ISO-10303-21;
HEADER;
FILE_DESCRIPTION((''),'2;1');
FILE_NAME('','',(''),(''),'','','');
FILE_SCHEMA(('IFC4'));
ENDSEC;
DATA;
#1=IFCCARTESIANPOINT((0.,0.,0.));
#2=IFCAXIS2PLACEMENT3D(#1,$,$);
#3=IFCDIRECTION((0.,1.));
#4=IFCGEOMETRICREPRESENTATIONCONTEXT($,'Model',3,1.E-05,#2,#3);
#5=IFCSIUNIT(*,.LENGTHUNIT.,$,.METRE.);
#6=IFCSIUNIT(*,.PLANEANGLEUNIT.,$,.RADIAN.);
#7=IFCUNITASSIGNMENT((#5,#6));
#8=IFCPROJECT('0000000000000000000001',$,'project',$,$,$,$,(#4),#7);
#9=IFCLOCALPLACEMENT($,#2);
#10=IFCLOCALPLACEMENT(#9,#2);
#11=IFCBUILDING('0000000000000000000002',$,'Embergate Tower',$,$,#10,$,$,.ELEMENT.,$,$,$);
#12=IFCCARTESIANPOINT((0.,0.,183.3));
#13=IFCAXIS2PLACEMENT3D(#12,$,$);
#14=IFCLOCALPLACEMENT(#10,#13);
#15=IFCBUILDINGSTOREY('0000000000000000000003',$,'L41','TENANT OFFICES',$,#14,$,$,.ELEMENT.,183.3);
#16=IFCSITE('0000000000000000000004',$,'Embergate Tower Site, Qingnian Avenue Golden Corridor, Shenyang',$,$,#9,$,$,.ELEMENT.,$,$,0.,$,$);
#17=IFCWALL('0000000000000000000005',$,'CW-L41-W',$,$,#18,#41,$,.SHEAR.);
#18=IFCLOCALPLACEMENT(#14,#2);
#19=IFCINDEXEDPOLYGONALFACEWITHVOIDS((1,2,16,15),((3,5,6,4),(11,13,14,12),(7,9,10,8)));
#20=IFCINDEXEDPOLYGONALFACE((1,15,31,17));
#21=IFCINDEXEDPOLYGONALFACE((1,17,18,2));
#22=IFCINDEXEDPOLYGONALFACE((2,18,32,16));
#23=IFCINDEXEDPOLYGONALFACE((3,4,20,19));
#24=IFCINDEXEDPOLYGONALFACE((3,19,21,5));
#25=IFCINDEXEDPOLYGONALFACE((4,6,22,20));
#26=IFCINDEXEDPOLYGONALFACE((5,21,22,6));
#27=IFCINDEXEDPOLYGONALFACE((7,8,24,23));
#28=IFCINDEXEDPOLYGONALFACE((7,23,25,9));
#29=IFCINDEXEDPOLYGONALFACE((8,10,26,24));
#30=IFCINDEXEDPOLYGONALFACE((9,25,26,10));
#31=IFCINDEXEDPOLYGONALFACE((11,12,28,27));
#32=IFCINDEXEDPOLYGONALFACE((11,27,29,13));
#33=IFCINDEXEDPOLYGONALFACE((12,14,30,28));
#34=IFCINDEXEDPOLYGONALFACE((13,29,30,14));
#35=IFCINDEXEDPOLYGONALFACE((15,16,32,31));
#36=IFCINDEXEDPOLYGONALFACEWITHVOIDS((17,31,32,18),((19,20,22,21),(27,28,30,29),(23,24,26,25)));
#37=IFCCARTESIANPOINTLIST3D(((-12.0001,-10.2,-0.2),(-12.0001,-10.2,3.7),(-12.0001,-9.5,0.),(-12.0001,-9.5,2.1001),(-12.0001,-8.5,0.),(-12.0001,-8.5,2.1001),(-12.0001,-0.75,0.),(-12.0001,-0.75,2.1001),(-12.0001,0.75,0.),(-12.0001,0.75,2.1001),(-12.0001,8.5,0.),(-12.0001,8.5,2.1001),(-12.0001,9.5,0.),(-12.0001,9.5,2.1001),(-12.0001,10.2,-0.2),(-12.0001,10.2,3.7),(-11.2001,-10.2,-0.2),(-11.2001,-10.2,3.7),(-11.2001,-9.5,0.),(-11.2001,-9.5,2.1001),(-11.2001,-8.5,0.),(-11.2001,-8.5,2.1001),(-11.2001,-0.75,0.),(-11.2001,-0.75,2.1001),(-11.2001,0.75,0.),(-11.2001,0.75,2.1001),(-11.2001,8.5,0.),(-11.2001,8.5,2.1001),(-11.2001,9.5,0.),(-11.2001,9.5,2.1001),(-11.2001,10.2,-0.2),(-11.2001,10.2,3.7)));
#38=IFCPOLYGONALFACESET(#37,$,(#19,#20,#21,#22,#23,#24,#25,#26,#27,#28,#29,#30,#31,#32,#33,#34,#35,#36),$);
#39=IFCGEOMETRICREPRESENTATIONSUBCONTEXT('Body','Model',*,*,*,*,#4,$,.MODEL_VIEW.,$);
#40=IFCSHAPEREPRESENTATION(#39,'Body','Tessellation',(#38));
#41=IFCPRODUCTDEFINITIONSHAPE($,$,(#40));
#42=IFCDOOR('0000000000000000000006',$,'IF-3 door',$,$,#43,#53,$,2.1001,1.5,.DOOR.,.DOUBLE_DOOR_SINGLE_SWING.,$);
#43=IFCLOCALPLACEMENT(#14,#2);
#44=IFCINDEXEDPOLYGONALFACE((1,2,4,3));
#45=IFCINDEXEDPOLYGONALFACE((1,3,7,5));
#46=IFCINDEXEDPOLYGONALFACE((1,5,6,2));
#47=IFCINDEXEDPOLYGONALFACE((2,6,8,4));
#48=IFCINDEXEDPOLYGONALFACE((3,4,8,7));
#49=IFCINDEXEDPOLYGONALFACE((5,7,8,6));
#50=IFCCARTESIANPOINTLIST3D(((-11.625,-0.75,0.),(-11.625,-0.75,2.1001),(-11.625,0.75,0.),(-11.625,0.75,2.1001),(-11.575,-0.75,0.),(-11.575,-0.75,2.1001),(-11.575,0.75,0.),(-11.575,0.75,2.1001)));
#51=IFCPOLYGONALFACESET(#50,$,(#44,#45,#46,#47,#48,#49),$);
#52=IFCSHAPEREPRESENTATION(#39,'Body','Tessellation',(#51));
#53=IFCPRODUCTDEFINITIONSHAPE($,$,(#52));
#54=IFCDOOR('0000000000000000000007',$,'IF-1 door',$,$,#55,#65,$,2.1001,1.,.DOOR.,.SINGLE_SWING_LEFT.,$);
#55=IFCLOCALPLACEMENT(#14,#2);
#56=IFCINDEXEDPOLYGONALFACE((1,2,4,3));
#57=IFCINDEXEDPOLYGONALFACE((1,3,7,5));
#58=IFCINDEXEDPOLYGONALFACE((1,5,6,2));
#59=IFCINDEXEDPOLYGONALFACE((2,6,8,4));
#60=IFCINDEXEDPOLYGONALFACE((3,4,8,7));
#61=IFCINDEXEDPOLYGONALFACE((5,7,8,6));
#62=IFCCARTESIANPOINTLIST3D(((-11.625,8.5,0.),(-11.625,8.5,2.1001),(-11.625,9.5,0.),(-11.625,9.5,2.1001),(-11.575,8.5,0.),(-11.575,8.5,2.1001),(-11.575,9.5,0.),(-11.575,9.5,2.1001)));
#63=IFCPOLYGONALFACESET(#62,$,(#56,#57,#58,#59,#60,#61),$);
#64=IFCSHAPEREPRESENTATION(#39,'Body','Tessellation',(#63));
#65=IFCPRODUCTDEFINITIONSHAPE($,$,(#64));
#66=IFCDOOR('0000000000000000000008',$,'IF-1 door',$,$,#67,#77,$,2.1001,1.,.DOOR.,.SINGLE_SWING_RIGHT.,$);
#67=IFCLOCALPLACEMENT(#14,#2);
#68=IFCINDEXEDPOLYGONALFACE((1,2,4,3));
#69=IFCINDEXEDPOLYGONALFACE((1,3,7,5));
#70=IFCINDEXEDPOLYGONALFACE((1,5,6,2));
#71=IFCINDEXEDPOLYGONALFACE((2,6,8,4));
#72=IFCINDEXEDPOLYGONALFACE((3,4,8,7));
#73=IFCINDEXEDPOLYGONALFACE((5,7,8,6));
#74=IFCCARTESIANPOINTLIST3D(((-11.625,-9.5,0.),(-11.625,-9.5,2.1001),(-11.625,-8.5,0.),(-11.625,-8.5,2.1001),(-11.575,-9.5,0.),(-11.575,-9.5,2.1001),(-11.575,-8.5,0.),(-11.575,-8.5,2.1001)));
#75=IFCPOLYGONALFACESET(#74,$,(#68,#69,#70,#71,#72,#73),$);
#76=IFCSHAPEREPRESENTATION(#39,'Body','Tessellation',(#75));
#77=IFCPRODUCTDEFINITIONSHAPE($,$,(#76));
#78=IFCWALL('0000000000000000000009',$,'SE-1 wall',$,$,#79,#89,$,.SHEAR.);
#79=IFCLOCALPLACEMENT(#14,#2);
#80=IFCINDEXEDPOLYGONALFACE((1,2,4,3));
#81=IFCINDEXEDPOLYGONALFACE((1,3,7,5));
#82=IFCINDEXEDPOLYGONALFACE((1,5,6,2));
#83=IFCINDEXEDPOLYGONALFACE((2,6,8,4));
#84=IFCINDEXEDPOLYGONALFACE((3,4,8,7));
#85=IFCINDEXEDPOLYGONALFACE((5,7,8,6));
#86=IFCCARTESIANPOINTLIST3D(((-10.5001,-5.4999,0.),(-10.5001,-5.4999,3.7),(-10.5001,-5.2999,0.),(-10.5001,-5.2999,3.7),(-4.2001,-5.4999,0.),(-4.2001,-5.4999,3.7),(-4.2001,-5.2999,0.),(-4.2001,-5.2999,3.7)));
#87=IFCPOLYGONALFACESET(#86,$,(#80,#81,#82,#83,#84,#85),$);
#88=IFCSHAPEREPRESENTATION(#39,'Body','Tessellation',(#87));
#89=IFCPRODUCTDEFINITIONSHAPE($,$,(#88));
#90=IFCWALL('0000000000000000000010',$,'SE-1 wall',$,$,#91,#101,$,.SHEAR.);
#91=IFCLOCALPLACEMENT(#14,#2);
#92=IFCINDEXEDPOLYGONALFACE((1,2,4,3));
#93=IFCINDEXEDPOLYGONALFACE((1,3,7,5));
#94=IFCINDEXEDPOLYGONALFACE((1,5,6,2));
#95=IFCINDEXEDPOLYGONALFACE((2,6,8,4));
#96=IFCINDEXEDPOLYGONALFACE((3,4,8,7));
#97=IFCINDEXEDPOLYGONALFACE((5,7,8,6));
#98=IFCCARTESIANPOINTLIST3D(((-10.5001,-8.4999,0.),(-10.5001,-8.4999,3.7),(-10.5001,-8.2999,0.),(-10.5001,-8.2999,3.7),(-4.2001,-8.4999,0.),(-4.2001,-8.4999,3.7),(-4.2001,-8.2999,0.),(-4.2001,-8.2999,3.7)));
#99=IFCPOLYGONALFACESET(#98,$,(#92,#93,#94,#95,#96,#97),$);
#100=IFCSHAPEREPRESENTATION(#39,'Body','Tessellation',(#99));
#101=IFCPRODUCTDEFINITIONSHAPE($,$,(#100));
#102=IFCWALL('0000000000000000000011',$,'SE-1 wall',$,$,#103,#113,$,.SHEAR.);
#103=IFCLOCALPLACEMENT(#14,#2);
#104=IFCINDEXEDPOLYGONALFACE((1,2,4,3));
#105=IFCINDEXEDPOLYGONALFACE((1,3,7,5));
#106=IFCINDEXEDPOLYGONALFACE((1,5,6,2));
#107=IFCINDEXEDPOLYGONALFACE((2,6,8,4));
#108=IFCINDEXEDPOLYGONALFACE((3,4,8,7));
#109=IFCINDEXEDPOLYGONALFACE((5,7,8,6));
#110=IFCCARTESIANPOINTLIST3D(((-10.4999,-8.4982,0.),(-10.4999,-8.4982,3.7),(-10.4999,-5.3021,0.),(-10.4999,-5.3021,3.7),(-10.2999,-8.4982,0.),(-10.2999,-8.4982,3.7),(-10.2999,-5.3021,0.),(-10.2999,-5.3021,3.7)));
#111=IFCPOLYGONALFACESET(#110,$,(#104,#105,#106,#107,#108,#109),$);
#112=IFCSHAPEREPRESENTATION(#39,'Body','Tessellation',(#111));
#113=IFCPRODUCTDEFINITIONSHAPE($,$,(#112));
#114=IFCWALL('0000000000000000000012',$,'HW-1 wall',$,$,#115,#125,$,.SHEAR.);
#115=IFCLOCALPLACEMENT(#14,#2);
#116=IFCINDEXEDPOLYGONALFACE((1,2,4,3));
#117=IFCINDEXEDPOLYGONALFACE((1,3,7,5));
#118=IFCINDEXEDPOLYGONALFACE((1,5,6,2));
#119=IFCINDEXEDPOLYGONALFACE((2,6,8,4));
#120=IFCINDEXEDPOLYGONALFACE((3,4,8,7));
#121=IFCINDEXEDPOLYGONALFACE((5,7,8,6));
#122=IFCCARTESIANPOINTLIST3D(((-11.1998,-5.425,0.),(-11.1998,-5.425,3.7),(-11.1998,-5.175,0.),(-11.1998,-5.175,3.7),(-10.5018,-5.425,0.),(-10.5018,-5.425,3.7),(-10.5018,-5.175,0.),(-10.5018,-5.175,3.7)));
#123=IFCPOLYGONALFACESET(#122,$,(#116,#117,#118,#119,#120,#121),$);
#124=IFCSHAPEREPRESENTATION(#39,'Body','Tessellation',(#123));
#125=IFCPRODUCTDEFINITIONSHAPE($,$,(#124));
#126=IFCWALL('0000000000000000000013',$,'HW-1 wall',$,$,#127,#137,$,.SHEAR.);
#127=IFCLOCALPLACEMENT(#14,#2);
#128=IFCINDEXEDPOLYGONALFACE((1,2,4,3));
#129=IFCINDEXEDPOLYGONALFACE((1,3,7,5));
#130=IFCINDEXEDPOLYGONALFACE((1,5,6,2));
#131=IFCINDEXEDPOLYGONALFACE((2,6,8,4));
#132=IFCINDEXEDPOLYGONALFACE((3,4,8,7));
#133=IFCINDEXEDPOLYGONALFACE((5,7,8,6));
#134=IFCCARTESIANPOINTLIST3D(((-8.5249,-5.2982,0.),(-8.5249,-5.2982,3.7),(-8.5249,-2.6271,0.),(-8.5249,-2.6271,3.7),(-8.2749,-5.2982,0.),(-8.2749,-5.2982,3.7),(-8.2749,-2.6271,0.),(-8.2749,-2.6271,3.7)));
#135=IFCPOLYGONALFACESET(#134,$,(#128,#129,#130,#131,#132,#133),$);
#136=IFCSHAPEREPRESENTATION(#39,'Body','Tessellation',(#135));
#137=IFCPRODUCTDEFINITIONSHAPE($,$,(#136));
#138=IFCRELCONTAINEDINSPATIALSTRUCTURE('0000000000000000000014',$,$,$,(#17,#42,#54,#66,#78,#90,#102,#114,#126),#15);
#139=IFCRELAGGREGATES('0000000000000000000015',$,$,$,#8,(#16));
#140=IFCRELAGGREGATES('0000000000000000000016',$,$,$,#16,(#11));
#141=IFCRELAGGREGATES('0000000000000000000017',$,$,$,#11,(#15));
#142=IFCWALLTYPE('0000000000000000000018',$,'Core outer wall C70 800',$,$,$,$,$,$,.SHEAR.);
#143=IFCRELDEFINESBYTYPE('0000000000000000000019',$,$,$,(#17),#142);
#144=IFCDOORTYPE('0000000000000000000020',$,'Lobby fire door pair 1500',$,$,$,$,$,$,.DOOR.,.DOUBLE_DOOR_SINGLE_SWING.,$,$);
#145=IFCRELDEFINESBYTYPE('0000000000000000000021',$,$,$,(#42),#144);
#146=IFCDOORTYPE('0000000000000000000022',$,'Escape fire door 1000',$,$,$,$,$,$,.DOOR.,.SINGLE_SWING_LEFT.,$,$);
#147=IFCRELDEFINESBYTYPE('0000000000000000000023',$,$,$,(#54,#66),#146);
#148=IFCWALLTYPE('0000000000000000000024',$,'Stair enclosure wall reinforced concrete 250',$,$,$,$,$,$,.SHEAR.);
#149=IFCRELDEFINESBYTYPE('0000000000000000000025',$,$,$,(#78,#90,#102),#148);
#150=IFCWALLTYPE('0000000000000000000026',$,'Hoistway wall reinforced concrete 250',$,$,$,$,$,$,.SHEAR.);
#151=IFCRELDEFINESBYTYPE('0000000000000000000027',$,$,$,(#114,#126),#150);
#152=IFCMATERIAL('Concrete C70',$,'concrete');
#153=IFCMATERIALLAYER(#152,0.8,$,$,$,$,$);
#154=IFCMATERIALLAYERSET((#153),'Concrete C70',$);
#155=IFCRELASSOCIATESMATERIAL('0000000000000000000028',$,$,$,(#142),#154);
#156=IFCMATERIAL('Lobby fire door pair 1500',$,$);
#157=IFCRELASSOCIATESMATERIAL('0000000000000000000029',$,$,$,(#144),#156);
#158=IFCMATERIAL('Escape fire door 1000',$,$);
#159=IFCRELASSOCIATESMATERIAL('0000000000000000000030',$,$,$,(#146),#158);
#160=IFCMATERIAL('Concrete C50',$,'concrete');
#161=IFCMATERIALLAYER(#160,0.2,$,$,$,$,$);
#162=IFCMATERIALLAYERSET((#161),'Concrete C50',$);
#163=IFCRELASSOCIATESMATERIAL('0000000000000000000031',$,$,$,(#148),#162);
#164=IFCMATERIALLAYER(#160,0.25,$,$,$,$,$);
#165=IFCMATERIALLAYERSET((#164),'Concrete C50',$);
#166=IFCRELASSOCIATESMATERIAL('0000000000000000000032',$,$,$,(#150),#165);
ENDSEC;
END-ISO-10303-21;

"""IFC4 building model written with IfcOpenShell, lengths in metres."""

from ifc_helpers import new_model, si_unit, direction, frame, frame_2d, origin, place, context, subcontext, project, spatial, rectangle, extrude, source, transform, mapped, material, layer, layer_set, type_object, element, fill, save


model = new_model("IFC4")

# Units and contexts
model_context = context("Model", 3, precision=1e-05, world=origin(), true_north=direction((0.0, 1.0)))
body_context = subcontext(model_context, "Body", "Model", "MODEL_VIEW")
ifc_project = project(units=[si_unit("LENGTHUNIT", "METRE"), si_unit("PLANEANGLEUNIT", "RADIAN")], contexts=[model_context])

# Site, building, storey
site_placement = place(None, origin())
site = spatial("IfcSite", under=ifc_project, at=site_placement, Name="Embergate Tower Site, Qingnian Avenue Golden Corridor, Shenyang", CompositionType="ELEMENT", RefElevation=0.0)
building_placement = place(site_placement, origin())
building = spatial("IfcBuilding", under=site, at=building_placement, Name="Embergate Tower", CompositionType="ELEMENT")
storey_placement = place(building_placement, frame((0.0, 0.0, 183.3)))
storey = spatial("IfcBuildingStorey", under=building, at=storey_placement, Name="L41", Description="TENANT OFFICES", CompositionType="ELEMENT", Elevation=183.3)

# Wall, openings, doors
ifc_material_1 = material(Name="Concrete C70", Category="concrete")
ifc_layer_1 = layer(ifc_material_1, 0.8)
ifc_layer_set_1 = layer_set([ifc_layer_1], Name="Concrete C70")
wall_type_1 = type_object("IfcWallType", Name="Core outer wall C70 800", PredefinedType="SHEAR", material=ifc_layer_set_1)
shared_shape_1 = source(origin(), body_context, "Body", "SweptSolid", [
    extrude(rectangle(XDim=20.3999, YDim=0.8, at=frame_2d((10.2, 0.0))), origin(), (0.0, 0.0, 1.0), 3.8999),
])
wall_1_placement = place(storey_placement, frame((-11.6001, -10.2, -0.2), z_axis=(0.0, 0.0, 1.0), x_axis=(0.0, 1.0, 0.0)))
wall_1 = element("IfcWall", 1, at=wall_1_placement, inside=storey, type_object=wall_type_1, Name="CW-L41-W", PredefinedType="SHEAR", context=body_context, shape_type="MappedRepresentation", body=[
    mapped(shared_shape_1, transform((0.0, 0.0, 0.0))),
])
shared_shape_2 = source(origin(), body_context, "Body", "SweptSolid", [
    extrude(rectangle(XDim=1.0, YDim=2.1001, at=frame_2d((0.5, 1.05))), frame((0.0, 0.4099, 0.0), z_axis=(0.0, -1.0, 0.0), x_axis=(1.0, 0.0, 0.0)), (0.0, 0.0, 1.0), 0.8201),
])
opening_1_placement = place(wall_1_placement, frame((18.7, 0.0, 0.2)))
opening_1 = element("IfcOpeningElement", 2, at=opening_1_placement, cuts=wall_1, PredefinedType="OPENING", context=body_context, shape_type="MappedRepresentation", body=[
    mapped(shared_shape_2, transform((0.0, 0.0, 0.0))),
])
opening_2_placement = place(wall_1_placement, frame((0.7, 0.0, 0.2)))
opening_2 = element("IfcOpeningElement", 3, at=opening_2_placement, cuts=wall_1, PredefinedType="OPENING", context=body_context, shape_type="MappedRepresentation", body=[
    mapped(shared_shape_2, transform((0.0, 0.0, 0.0))),
])
shared_shape_3 = source(origin(), body_context, "Body", "SweptSolid", [
    extrude(rectangle(XDim=1.5, YDim=2.1001, at=frame_2d((0.75, 1.05))), frame((0.0, 0.4099, 0.0), z_axis=(0.0, -1.0, 0.0), x_axis=(1.0, 0.0, 0.0)), (0.0, 0.0, 1.0), 0.8201),
])
opening_3_placement = place(wall_1_placement, frame((9.45, 0.0, 0.2)))
opening_3 = element("IfcOpeningElement", 4, at=opening_3_placement, cuts=wall_1, PredefinedType="OPENING", context=body_context, shape_type="MappedRepresentation", body=[
    mapped(shared_shape_3, transform((0.0, 0.0, 0.0))),
])
ifc_material_2 = material(Name="Lobby fire door pair 1500")
door_type_1 = type_object("IfcDoorType", Name="Lobby fire door pair 1500", OperationType="DOUBLE_DOOR_SINGLE_SWING", PredefinedType="DOOR", material=ifc_material_2)
shared_shape_4 = source(origin(), body_context, "Body", "SweptSolid", [
    extrude(rectangle(XDim=1.5, YDim=2.1001, at=frame_2d((0.75, 1.05))), frame((0.0, 0.0249, 0.0), z_axis=(0.0, -1.0, 0.0), x_axis=(1.0, 0.0, 0.0)), (0.0, 0.0, 1.0), 0.05),
])
door_1_placement = place(opening_3_placement, origin())
door_1 = element("IfcDoor", 5, at=door_1_placement, inside=storey, type_object=door_type_1, Name="IF-3 door", OperationType="DOUBLE_DOOR_SINGLE_SWING", OverallHeight=2.1001, OverallWidth=1.5, PredefinedType="DOOR", context=body_context, shape_type="MappedRepresentation", body=[
    mapped(shared_shape_4, transform((0.0, 0.0, 0.0))),
])
fill(opening_3, door_1)
ifc_material_3 = material(Name="Escape fire door 1000")
door_type_2 = type_object("IfcDoorType", Name="Escape fire door 1000", OperationType="SINGLE_SWING_LEFT", PredefinedType="DOOR", material=ifc_material_3)
shared_shape_5 = source(origin(), body_context, "Body", "SweptSolid", [
    extrude(rectangle(XDim=1.0, YDim=2.1001, at=frame_2d((0.5, 1.05))), frame((0.0, 0.0249, 0.0), z_axis=(0.0, -1.0, 0.0), x_axis=(1.0, 0.0, 0.0)), (0.0, 0.0, 1.0), 0.05),
])
door_2_placement = place(opening_1_placement, origin())
door_2 = element("IfcDoor", 6, at=door_2_placement, inside=storey, type_object=door_type_2, Name="IF-1 door", OperationType="SINGLE_SWING_LEFT", OverallHeight=2.1001, OverallWidth=1.0, PredefinedType="DOOR", context=body_context, shape_type="MappedRepresentation", body=[
    mapped(shared_shape_5, transform((0.0, 0.0, 0.0))),
])
fill(opening_1, door_2)
door_3_placement = place(opening_2_placement, origin())
door_3 = element("IfcDoor", 7, at=door_3_placement, inside=storey, type_object=door_type_2, Name="IF-1 door", OperationType="SINGLE_SWING_RIGHT", OverallHeight=2.1001, OverallWidth=1.0, PredefinedType="DOOR", context=body_context, shape_type="MappedRepresentation", body=[
    mapped(shared_shape_5, transform((0.0, 0.0, 0.0))),
])
fill(opening_2, door_3)

# Walls
ifc_material_4 = material(Name="Concrete C50", Category="concrete")
ifc_layer_2 = layer(ifc_material_4, 0.2)
ifc_layer_set_2 = layer_set([ifc_layer_2], Name="Concrete C50")
wall_type_2 = type_object("IfcWallType", Name="Stair enclosure wall reinforced concrete 250", PredefinedType="SHEAR", material=ifc_layer_set_2)
shared_shape_6 = source(origin(), body_context, "Body", "SweptSolid", [
    extrude(rectangle(XDim=6.3, YDim=0.2, at=frame_2d((3.1499, 0.0))), origin(), (0.0, 0.0, 1.0), 3.7),
])
for number, where, z_axis, x_axis, name in (
    (8, (-10.5, -5.3999, 0.0), (0.0, 0.0, 1.0), (1.0, 0.0, 0.0), "SE-1 wall"),
    (9, (-10.5, -8.3999, 0.0), (0.0, 0.0, 1.0), (1.0, 0.0, 0.0), "SE-1 wall"),
):
    element("IfcWall", number, at=place(storey_placement, frame(where, z_axis=z_axis, x_axis=x_axis)), inside=storey, type_object=wall_type_2, Name=name, PredefinedType="SHEAR", context=body_context, shape_type="MappedRepresentation", body=[
        mapped(shared_shape_6, transform((0.0, 0.0, 0.0))),
    ])
shared_shape_7 = source(origin(), body_context, "Body", "SweptSolid", [
    extrude(rectangle(XDim=3.196, YDim=0.2, at=frame_2d((1.5981, 0.0))), origin(), (0.0, 0.0, 1.0), 3.7),
])
wall_2_placement = place(storey_placement, frame((-10.3999, -5.302, 0.0), z_axis=(0.0, 0.0, 1.0), x_axis=(0.0, -1.0, 0.0)))
element("IfcWall", 10, at=wall_2_placement, inside=storey, type_object=wall_type_2, Name="SE-1 wall", PredefinedType="SHEAR", context=body_context, shape_type="MappedRepresentation", body=[
    mapped(shared_shape_7, transform((0.0, 0.0, 0.0))),
])
ifc_layer_3 = layer(ifc_material_4, 0.25)
ifc_layer_set_3 = layer_set([ifc_layer_3], Name="Concrete C50")
wall_type_3 = type_object("IfcWallType", Name="Hoistway wall reinforced concrete 250", PredefinedType="SHEAR", material=ifc_layer_set_3)
shared_shape_8 = source(origin(), body_context, "Body", "SweptSolid", [
    extrude(rectangle(XDim=0.698, YDim=0.25, at=frame_2d((0.3491, 0.0))), origin(), (0.0, 0.0, 1.0), 3.7),
])
wall_3_placement = place(storey_placement, frame((-11.2, -5.3, 0.0), z_axis=(0.0, 0.0, 1.0), x_axis=(1.0, 0.0, 0.0)))
element("IfcWall", 11, at=wall_3_placement, inside=storey, type_object=wall_type_3, Name="HW-1 wall", PredefinedType="SHEAR", context=body_context, shape_type="MappedRepresentation", body=[
    mapped(shared_shape_8, transform((0.0, 0.0, 0.0))),
])
shared_shape_9 = source(origin(), body_context, "Body", "SweptSolid", [
    extrude(rectangle(XDim=2.6711, YDim=0.25, at=frame_2d((1.3354, 0.0))), origin(), (0.0, 0.0, 1.0), 3.7),
])
wall_4_placement = place(storey_placement, frame((-8.3999, -5.2981, 0.0), z_axis=(0.0, 0.0, 1.0), x_axis=(0.0, 1.0, 0.0)))
element("IfcWall", 12, at=wall_4_placement, inside=storey, type_object=wall_type_3, Name="HW-1 wall", PredefinedType="SHEAR", context=body_context, shape_type="MappedRepresentation", body=[
    mapped(shared_shape_9, transform((0.0, 0.0, 0.0))),
])

save(model, "model.ifc")
